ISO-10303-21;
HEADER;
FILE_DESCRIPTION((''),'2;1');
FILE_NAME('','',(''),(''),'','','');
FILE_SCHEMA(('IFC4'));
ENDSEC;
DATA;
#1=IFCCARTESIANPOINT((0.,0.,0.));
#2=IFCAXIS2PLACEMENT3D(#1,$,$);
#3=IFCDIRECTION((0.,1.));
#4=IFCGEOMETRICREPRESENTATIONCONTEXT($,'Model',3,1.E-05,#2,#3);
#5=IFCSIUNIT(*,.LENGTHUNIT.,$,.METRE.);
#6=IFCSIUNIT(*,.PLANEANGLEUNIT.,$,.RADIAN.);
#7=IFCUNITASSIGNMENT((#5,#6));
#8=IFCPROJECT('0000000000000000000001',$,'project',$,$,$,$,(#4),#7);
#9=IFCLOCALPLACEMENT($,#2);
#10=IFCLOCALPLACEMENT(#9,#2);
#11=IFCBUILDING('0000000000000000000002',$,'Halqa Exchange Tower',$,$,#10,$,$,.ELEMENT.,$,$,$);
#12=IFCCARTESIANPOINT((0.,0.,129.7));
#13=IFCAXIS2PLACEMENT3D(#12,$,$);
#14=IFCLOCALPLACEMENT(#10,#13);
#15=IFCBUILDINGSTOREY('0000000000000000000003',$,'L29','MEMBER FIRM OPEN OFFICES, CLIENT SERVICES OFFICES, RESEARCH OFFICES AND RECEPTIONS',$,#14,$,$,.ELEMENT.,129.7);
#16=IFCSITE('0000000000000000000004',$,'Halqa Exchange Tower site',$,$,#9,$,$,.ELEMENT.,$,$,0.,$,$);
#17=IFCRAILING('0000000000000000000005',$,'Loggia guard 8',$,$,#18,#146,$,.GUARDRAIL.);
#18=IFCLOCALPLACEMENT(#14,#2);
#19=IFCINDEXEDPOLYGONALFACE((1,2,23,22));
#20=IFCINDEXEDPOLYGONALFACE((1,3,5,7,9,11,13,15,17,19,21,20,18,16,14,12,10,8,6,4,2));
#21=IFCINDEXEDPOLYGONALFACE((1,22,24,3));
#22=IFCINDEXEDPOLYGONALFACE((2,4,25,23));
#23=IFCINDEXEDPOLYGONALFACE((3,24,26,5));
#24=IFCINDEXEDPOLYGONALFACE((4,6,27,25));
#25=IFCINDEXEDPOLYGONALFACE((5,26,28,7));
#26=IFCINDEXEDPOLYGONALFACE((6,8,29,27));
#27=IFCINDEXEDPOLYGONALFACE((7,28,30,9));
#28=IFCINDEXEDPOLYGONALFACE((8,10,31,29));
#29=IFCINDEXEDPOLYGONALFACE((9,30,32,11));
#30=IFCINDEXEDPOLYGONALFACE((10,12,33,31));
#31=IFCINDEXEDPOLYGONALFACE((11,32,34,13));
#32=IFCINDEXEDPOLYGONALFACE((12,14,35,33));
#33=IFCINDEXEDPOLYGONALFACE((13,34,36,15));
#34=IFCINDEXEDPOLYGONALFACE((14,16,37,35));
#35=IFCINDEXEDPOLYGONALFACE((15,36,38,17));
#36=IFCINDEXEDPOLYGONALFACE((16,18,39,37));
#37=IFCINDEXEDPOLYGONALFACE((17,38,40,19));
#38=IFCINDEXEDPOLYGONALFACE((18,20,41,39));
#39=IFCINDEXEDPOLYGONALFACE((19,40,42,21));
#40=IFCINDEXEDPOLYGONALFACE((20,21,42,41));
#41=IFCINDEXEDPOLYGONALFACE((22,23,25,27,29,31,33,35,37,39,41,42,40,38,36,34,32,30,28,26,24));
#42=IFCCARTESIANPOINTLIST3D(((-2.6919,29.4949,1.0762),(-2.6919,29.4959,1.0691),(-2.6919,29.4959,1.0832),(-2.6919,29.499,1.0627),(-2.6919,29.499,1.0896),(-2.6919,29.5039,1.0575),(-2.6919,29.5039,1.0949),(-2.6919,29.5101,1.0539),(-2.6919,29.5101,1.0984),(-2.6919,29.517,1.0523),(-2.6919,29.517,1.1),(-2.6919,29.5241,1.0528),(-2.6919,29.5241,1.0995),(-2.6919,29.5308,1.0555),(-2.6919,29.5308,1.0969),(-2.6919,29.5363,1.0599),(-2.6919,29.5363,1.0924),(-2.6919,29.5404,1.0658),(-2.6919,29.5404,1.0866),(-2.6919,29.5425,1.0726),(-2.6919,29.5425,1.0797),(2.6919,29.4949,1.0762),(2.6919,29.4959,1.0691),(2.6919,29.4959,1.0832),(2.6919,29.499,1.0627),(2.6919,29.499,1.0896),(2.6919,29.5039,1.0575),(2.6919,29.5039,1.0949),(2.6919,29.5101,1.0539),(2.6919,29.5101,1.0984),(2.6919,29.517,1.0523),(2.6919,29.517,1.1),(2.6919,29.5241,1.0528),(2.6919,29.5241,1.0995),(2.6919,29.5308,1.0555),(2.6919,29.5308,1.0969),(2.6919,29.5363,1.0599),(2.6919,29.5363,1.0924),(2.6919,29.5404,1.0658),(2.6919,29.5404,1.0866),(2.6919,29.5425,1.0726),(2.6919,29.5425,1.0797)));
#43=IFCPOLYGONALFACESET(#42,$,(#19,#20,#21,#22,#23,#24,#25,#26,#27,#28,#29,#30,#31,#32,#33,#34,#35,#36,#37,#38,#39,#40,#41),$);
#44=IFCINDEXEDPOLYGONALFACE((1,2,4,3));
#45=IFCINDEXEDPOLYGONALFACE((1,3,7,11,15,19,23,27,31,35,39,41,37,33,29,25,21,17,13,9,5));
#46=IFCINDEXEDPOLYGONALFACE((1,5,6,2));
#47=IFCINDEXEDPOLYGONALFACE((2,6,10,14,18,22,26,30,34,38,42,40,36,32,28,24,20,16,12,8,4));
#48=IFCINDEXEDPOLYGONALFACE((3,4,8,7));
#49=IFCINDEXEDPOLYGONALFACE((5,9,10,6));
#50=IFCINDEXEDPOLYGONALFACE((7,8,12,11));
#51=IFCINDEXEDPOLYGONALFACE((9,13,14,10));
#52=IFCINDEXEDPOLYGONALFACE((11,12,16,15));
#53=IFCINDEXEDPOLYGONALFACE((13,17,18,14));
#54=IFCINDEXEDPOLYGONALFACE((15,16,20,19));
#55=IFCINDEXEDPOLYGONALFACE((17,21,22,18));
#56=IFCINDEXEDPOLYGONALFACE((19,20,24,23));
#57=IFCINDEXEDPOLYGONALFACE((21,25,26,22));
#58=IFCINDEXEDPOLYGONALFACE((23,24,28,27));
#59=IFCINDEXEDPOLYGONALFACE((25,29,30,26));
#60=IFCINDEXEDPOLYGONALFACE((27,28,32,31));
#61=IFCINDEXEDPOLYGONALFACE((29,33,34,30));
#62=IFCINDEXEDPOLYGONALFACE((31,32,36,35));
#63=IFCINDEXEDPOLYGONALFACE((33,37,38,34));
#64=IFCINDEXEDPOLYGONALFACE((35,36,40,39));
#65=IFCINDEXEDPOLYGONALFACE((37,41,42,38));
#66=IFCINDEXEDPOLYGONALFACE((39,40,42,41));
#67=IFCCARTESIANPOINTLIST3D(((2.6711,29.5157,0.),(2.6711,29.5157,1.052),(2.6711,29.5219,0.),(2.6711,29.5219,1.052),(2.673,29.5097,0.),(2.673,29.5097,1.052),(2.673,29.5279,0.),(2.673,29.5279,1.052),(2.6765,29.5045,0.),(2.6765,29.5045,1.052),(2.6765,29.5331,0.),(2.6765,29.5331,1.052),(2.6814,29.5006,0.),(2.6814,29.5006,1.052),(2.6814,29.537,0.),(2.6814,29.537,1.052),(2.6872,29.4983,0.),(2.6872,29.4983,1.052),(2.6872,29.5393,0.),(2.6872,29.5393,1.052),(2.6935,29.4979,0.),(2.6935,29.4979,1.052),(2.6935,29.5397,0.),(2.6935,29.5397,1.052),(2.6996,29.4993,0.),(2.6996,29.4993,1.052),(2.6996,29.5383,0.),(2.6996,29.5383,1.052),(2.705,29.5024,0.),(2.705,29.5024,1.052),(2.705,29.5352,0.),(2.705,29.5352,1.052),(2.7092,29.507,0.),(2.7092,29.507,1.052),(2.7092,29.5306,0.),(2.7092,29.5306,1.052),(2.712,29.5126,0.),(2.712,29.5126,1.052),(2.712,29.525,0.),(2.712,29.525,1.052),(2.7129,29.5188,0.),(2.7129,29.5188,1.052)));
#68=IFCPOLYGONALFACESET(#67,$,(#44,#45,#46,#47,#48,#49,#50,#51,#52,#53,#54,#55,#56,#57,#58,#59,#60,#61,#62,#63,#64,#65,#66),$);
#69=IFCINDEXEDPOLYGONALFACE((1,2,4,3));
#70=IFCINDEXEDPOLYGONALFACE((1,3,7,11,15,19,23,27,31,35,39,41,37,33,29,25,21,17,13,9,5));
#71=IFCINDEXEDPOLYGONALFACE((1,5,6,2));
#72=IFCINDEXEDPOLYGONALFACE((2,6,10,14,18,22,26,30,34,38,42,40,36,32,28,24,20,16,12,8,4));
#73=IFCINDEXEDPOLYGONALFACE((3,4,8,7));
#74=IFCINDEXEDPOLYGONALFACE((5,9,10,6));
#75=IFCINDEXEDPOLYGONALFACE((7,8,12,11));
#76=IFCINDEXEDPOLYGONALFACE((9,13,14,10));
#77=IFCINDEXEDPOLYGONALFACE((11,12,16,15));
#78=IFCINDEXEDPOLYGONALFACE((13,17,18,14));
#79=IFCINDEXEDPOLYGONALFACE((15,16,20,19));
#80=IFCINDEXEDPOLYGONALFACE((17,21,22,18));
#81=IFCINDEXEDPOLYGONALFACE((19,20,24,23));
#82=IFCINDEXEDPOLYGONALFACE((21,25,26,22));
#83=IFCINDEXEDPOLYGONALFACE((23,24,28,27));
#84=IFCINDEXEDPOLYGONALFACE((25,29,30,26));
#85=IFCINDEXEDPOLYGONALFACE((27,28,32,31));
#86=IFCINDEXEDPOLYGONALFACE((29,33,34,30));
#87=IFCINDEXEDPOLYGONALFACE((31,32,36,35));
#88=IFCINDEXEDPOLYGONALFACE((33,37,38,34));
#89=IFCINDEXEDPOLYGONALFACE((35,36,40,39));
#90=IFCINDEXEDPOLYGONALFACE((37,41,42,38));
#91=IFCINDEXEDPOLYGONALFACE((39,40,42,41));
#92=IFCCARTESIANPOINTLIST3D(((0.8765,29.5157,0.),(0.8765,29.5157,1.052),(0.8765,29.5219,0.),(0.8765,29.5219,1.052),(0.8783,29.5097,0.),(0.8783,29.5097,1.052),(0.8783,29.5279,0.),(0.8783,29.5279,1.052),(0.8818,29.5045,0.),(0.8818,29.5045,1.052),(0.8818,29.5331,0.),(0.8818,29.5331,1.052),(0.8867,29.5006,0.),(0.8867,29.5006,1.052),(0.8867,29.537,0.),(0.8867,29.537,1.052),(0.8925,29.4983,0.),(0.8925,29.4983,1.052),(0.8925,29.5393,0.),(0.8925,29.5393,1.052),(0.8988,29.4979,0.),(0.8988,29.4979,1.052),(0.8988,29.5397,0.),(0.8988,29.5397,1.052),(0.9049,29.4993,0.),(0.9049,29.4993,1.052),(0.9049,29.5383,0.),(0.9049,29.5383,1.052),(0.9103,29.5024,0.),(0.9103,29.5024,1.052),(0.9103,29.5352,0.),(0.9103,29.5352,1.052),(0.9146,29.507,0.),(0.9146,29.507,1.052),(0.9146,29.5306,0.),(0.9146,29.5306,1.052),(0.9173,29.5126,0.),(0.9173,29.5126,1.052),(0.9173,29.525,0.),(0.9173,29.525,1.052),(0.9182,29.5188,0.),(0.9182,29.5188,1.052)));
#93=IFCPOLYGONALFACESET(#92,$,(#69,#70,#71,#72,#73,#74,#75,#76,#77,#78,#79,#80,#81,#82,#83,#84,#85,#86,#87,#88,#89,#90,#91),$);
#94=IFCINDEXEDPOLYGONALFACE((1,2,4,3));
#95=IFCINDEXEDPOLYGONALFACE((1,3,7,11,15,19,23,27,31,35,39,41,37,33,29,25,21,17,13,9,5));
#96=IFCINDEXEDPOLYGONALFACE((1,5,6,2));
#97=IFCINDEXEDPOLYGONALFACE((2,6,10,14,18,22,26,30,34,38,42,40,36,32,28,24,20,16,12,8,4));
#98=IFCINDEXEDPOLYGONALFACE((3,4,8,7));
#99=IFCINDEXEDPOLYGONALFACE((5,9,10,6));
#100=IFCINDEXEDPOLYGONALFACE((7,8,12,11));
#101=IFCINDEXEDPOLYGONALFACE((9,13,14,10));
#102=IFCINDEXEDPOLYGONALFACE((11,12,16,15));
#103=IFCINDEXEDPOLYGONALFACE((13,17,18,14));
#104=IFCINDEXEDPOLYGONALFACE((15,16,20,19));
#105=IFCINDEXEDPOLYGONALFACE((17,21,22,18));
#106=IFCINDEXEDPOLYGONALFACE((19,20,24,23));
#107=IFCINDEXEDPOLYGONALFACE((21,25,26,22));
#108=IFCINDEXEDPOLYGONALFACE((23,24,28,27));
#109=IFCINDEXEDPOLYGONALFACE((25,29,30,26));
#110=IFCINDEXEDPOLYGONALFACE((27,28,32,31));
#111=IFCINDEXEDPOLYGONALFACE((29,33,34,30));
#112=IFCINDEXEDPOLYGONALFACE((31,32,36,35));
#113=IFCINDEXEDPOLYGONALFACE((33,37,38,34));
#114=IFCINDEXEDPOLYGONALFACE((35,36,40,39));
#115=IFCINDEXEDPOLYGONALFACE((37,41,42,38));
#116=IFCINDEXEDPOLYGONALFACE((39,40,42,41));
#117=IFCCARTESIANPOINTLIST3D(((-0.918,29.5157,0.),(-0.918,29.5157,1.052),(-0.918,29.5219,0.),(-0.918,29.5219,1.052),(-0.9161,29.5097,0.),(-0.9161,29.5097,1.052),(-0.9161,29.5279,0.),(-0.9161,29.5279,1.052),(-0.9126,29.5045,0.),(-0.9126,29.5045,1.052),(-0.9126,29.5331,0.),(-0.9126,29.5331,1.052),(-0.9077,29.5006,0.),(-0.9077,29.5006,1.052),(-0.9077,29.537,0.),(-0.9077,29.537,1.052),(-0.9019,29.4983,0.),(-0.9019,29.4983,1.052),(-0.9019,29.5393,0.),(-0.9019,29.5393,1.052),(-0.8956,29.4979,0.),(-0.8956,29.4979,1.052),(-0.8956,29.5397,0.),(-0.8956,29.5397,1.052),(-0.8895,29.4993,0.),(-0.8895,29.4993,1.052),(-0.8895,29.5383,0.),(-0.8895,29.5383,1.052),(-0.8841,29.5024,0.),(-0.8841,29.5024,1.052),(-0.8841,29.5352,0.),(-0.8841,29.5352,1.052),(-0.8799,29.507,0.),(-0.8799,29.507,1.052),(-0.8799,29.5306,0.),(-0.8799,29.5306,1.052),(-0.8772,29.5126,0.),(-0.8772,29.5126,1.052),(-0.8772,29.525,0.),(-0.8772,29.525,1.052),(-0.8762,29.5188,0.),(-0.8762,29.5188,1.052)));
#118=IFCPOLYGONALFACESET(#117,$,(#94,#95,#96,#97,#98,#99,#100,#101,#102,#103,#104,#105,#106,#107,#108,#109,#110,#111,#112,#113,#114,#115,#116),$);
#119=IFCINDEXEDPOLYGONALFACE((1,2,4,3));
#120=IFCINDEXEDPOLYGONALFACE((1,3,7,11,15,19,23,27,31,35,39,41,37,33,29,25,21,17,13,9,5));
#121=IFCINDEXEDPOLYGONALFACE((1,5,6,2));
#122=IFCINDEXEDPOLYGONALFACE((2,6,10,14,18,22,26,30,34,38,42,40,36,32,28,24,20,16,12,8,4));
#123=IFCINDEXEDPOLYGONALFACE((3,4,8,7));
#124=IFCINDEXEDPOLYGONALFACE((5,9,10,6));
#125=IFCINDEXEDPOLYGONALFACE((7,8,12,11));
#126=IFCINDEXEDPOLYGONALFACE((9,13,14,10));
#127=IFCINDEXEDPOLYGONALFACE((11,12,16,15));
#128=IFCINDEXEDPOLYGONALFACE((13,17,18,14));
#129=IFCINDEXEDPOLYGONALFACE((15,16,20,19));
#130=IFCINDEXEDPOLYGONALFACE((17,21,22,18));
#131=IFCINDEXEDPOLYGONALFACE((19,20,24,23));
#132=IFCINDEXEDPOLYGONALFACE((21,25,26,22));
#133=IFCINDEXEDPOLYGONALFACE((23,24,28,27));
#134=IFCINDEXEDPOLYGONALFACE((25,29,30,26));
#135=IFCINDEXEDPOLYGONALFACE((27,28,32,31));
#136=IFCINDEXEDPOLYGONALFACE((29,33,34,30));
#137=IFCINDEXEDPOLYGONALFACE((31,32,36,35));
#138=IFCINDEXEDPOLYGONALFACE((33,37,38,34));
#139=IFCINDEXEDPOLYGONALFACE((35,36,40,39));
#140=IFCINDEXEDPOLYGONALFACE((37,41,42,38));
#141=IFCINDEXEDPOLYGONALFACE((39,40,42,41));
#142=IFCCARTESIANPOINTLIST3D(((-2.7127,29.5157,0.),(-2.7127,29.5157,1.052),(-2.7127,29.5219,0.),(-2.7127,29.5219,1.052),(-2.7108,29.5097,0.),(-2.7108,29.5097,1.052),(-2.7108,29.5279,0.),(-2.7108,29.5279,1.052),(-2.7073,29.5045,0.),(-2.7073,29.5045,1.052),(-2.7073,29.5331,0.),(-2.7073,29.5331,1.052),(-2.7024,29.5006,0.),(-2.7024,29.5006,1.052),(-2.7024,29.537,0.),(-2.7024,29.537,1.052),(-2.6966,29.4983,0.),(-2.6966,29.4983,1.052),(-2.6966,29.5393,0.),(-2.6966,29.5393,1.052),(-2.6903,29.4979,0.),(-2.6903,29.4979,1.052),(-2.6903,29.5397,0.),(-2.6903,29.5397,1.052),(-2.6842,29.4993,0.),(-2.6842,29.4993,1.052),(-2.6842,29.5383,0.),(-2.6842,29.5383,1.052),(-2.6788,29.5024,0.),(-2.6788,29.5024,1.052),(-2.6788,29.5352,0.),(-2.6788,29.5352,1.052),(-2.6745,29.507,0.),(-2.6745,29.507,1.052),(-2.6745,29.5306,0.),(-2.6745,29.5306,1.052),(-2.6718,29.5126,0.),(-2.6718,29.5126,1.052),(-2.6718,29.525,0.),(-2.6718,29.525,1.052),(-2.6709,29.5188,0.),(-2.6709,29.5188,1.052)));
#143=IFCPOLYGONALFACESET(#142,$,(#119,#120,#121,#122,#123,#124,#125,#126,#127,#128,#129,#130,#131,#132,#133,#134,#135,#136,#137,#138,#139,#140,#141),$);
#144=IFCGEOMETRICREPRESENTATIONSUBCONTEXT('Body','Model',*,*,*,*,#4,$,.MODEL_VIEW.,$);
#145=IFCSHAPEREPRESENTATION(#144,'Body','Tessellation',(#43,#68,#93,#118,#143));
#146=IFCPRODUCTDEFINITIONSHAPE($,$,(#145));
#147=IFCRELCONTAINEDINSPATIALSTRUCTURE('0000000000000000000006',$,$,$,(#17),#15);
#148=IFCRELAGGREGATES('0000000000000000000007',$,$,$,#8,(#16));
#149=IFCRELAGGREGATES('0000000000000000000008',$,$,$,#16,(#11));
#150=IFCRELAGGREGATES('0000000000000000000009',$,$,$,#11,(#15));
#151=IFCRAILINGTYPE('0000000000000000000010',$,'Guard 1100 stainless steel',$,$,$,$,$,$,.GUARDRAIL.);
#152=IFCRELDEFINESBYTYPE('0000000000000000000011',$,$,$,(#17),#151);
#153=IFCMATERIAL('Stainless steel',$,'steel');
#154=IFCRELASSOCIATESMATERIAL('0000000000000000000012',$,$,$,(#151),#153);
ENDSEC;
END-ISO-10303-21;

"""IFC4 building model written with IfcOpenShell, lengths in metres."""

from ifc_helpers import new_model, si_unit, direction, frame, origin, origin_2d, place, context, subcontext, project, spatial, circle, extrude, material, type_object, element, save


model = new_model("IFC4")

# Units and contexts
model_context = context("Model", 3, precision=1e-05, world=origin(), true_north=direction((0.0, 1.0)))
body_context = subcontext(model_context, "Body", "Model", "MODEL_VIEW")
ifc_project = project(units=[si_unit("LENGTHUNIT", "METRE"), si_unit("PLANEANGLEUNIT", "RADIAN")], contexts=[model_context])

# Site, building, storey
site_placement = place(None, origin())
site = spatial("IfcSite", under=ifc_project, at=site_placement, Name="Halqa Exchange Tower site", CompositionType="ELEMENT", RefElevation=0.0)
building_placement = place(site_placement, origin())
building = spatial("IfcBuilding", under=site, at=building_placement, Name="Halqa Exchange Tower", CompositionType="ELEMENT")
storey_placement = place(building_placement, frame((0.0, 0.0, 129.7)))
storey = spatial("IfcBuildingStorey", under=building, at=storey_placement, Name="L29", Description="MEMBER FIRM OPEN OFFICES, CLIENT SERVICES OFFICES, RESEARCH OFFICES AND RECEPTIONS", CompositionType="ELEMENT", Elevation=129.7)

# Railing
ifc_material_1 = material(Name="Stainless steel", Category="steel")
railing_type_1 = type_object("IfcRailingType", Name="Guard 1100 stainless steel", PredefinedType="GUARDRAIL", material=ifc_material_1)
railing_1_placement = place(storey_placement, frame((2.6919, 29.5188, 0.0)))
element("IfcRailing", 1, at=railing_1_placement, inside=storey, type_object=railing_type_1, Name="Loggia guard 8", PredefinedType="GUARDRAIL", context=body_context, shape_type="SweptSolid", body=[
    extrude(circle(Radius=0.0239, at=origin_2d()), frame((0.0, 0.0, 1.0762), z_axis=(-1.0, 0.0, 0.0), x_axis=(0.0, -1.0, 0.0)), (0.0, 0.0, 1.0), 5.3838),
    extrude(circle(Radius=0.021, at=origin_2d()), origin(), (0.0, 0.0, 1.0), 1.052),
    extrude(circle(Radius=0.021, at=origin_2d()), frame((-1.7947, 0.0, 0.0)), (0.0, 0.0, 1.0), 1.052),
    extrude(circle(Radius=0.021, at=origin_2d()), frame((-3.5891, 0.0, 0.0)), (0.0, 0.0, 1.0), 1.052),
    extrude(circle(Radius=0.021, at=origin_2d()), frame((-5.3838, 0.0, 0.0)), (0.0, 0.0, 1.0), 1.052),
])

save(model, "model.ifc")
